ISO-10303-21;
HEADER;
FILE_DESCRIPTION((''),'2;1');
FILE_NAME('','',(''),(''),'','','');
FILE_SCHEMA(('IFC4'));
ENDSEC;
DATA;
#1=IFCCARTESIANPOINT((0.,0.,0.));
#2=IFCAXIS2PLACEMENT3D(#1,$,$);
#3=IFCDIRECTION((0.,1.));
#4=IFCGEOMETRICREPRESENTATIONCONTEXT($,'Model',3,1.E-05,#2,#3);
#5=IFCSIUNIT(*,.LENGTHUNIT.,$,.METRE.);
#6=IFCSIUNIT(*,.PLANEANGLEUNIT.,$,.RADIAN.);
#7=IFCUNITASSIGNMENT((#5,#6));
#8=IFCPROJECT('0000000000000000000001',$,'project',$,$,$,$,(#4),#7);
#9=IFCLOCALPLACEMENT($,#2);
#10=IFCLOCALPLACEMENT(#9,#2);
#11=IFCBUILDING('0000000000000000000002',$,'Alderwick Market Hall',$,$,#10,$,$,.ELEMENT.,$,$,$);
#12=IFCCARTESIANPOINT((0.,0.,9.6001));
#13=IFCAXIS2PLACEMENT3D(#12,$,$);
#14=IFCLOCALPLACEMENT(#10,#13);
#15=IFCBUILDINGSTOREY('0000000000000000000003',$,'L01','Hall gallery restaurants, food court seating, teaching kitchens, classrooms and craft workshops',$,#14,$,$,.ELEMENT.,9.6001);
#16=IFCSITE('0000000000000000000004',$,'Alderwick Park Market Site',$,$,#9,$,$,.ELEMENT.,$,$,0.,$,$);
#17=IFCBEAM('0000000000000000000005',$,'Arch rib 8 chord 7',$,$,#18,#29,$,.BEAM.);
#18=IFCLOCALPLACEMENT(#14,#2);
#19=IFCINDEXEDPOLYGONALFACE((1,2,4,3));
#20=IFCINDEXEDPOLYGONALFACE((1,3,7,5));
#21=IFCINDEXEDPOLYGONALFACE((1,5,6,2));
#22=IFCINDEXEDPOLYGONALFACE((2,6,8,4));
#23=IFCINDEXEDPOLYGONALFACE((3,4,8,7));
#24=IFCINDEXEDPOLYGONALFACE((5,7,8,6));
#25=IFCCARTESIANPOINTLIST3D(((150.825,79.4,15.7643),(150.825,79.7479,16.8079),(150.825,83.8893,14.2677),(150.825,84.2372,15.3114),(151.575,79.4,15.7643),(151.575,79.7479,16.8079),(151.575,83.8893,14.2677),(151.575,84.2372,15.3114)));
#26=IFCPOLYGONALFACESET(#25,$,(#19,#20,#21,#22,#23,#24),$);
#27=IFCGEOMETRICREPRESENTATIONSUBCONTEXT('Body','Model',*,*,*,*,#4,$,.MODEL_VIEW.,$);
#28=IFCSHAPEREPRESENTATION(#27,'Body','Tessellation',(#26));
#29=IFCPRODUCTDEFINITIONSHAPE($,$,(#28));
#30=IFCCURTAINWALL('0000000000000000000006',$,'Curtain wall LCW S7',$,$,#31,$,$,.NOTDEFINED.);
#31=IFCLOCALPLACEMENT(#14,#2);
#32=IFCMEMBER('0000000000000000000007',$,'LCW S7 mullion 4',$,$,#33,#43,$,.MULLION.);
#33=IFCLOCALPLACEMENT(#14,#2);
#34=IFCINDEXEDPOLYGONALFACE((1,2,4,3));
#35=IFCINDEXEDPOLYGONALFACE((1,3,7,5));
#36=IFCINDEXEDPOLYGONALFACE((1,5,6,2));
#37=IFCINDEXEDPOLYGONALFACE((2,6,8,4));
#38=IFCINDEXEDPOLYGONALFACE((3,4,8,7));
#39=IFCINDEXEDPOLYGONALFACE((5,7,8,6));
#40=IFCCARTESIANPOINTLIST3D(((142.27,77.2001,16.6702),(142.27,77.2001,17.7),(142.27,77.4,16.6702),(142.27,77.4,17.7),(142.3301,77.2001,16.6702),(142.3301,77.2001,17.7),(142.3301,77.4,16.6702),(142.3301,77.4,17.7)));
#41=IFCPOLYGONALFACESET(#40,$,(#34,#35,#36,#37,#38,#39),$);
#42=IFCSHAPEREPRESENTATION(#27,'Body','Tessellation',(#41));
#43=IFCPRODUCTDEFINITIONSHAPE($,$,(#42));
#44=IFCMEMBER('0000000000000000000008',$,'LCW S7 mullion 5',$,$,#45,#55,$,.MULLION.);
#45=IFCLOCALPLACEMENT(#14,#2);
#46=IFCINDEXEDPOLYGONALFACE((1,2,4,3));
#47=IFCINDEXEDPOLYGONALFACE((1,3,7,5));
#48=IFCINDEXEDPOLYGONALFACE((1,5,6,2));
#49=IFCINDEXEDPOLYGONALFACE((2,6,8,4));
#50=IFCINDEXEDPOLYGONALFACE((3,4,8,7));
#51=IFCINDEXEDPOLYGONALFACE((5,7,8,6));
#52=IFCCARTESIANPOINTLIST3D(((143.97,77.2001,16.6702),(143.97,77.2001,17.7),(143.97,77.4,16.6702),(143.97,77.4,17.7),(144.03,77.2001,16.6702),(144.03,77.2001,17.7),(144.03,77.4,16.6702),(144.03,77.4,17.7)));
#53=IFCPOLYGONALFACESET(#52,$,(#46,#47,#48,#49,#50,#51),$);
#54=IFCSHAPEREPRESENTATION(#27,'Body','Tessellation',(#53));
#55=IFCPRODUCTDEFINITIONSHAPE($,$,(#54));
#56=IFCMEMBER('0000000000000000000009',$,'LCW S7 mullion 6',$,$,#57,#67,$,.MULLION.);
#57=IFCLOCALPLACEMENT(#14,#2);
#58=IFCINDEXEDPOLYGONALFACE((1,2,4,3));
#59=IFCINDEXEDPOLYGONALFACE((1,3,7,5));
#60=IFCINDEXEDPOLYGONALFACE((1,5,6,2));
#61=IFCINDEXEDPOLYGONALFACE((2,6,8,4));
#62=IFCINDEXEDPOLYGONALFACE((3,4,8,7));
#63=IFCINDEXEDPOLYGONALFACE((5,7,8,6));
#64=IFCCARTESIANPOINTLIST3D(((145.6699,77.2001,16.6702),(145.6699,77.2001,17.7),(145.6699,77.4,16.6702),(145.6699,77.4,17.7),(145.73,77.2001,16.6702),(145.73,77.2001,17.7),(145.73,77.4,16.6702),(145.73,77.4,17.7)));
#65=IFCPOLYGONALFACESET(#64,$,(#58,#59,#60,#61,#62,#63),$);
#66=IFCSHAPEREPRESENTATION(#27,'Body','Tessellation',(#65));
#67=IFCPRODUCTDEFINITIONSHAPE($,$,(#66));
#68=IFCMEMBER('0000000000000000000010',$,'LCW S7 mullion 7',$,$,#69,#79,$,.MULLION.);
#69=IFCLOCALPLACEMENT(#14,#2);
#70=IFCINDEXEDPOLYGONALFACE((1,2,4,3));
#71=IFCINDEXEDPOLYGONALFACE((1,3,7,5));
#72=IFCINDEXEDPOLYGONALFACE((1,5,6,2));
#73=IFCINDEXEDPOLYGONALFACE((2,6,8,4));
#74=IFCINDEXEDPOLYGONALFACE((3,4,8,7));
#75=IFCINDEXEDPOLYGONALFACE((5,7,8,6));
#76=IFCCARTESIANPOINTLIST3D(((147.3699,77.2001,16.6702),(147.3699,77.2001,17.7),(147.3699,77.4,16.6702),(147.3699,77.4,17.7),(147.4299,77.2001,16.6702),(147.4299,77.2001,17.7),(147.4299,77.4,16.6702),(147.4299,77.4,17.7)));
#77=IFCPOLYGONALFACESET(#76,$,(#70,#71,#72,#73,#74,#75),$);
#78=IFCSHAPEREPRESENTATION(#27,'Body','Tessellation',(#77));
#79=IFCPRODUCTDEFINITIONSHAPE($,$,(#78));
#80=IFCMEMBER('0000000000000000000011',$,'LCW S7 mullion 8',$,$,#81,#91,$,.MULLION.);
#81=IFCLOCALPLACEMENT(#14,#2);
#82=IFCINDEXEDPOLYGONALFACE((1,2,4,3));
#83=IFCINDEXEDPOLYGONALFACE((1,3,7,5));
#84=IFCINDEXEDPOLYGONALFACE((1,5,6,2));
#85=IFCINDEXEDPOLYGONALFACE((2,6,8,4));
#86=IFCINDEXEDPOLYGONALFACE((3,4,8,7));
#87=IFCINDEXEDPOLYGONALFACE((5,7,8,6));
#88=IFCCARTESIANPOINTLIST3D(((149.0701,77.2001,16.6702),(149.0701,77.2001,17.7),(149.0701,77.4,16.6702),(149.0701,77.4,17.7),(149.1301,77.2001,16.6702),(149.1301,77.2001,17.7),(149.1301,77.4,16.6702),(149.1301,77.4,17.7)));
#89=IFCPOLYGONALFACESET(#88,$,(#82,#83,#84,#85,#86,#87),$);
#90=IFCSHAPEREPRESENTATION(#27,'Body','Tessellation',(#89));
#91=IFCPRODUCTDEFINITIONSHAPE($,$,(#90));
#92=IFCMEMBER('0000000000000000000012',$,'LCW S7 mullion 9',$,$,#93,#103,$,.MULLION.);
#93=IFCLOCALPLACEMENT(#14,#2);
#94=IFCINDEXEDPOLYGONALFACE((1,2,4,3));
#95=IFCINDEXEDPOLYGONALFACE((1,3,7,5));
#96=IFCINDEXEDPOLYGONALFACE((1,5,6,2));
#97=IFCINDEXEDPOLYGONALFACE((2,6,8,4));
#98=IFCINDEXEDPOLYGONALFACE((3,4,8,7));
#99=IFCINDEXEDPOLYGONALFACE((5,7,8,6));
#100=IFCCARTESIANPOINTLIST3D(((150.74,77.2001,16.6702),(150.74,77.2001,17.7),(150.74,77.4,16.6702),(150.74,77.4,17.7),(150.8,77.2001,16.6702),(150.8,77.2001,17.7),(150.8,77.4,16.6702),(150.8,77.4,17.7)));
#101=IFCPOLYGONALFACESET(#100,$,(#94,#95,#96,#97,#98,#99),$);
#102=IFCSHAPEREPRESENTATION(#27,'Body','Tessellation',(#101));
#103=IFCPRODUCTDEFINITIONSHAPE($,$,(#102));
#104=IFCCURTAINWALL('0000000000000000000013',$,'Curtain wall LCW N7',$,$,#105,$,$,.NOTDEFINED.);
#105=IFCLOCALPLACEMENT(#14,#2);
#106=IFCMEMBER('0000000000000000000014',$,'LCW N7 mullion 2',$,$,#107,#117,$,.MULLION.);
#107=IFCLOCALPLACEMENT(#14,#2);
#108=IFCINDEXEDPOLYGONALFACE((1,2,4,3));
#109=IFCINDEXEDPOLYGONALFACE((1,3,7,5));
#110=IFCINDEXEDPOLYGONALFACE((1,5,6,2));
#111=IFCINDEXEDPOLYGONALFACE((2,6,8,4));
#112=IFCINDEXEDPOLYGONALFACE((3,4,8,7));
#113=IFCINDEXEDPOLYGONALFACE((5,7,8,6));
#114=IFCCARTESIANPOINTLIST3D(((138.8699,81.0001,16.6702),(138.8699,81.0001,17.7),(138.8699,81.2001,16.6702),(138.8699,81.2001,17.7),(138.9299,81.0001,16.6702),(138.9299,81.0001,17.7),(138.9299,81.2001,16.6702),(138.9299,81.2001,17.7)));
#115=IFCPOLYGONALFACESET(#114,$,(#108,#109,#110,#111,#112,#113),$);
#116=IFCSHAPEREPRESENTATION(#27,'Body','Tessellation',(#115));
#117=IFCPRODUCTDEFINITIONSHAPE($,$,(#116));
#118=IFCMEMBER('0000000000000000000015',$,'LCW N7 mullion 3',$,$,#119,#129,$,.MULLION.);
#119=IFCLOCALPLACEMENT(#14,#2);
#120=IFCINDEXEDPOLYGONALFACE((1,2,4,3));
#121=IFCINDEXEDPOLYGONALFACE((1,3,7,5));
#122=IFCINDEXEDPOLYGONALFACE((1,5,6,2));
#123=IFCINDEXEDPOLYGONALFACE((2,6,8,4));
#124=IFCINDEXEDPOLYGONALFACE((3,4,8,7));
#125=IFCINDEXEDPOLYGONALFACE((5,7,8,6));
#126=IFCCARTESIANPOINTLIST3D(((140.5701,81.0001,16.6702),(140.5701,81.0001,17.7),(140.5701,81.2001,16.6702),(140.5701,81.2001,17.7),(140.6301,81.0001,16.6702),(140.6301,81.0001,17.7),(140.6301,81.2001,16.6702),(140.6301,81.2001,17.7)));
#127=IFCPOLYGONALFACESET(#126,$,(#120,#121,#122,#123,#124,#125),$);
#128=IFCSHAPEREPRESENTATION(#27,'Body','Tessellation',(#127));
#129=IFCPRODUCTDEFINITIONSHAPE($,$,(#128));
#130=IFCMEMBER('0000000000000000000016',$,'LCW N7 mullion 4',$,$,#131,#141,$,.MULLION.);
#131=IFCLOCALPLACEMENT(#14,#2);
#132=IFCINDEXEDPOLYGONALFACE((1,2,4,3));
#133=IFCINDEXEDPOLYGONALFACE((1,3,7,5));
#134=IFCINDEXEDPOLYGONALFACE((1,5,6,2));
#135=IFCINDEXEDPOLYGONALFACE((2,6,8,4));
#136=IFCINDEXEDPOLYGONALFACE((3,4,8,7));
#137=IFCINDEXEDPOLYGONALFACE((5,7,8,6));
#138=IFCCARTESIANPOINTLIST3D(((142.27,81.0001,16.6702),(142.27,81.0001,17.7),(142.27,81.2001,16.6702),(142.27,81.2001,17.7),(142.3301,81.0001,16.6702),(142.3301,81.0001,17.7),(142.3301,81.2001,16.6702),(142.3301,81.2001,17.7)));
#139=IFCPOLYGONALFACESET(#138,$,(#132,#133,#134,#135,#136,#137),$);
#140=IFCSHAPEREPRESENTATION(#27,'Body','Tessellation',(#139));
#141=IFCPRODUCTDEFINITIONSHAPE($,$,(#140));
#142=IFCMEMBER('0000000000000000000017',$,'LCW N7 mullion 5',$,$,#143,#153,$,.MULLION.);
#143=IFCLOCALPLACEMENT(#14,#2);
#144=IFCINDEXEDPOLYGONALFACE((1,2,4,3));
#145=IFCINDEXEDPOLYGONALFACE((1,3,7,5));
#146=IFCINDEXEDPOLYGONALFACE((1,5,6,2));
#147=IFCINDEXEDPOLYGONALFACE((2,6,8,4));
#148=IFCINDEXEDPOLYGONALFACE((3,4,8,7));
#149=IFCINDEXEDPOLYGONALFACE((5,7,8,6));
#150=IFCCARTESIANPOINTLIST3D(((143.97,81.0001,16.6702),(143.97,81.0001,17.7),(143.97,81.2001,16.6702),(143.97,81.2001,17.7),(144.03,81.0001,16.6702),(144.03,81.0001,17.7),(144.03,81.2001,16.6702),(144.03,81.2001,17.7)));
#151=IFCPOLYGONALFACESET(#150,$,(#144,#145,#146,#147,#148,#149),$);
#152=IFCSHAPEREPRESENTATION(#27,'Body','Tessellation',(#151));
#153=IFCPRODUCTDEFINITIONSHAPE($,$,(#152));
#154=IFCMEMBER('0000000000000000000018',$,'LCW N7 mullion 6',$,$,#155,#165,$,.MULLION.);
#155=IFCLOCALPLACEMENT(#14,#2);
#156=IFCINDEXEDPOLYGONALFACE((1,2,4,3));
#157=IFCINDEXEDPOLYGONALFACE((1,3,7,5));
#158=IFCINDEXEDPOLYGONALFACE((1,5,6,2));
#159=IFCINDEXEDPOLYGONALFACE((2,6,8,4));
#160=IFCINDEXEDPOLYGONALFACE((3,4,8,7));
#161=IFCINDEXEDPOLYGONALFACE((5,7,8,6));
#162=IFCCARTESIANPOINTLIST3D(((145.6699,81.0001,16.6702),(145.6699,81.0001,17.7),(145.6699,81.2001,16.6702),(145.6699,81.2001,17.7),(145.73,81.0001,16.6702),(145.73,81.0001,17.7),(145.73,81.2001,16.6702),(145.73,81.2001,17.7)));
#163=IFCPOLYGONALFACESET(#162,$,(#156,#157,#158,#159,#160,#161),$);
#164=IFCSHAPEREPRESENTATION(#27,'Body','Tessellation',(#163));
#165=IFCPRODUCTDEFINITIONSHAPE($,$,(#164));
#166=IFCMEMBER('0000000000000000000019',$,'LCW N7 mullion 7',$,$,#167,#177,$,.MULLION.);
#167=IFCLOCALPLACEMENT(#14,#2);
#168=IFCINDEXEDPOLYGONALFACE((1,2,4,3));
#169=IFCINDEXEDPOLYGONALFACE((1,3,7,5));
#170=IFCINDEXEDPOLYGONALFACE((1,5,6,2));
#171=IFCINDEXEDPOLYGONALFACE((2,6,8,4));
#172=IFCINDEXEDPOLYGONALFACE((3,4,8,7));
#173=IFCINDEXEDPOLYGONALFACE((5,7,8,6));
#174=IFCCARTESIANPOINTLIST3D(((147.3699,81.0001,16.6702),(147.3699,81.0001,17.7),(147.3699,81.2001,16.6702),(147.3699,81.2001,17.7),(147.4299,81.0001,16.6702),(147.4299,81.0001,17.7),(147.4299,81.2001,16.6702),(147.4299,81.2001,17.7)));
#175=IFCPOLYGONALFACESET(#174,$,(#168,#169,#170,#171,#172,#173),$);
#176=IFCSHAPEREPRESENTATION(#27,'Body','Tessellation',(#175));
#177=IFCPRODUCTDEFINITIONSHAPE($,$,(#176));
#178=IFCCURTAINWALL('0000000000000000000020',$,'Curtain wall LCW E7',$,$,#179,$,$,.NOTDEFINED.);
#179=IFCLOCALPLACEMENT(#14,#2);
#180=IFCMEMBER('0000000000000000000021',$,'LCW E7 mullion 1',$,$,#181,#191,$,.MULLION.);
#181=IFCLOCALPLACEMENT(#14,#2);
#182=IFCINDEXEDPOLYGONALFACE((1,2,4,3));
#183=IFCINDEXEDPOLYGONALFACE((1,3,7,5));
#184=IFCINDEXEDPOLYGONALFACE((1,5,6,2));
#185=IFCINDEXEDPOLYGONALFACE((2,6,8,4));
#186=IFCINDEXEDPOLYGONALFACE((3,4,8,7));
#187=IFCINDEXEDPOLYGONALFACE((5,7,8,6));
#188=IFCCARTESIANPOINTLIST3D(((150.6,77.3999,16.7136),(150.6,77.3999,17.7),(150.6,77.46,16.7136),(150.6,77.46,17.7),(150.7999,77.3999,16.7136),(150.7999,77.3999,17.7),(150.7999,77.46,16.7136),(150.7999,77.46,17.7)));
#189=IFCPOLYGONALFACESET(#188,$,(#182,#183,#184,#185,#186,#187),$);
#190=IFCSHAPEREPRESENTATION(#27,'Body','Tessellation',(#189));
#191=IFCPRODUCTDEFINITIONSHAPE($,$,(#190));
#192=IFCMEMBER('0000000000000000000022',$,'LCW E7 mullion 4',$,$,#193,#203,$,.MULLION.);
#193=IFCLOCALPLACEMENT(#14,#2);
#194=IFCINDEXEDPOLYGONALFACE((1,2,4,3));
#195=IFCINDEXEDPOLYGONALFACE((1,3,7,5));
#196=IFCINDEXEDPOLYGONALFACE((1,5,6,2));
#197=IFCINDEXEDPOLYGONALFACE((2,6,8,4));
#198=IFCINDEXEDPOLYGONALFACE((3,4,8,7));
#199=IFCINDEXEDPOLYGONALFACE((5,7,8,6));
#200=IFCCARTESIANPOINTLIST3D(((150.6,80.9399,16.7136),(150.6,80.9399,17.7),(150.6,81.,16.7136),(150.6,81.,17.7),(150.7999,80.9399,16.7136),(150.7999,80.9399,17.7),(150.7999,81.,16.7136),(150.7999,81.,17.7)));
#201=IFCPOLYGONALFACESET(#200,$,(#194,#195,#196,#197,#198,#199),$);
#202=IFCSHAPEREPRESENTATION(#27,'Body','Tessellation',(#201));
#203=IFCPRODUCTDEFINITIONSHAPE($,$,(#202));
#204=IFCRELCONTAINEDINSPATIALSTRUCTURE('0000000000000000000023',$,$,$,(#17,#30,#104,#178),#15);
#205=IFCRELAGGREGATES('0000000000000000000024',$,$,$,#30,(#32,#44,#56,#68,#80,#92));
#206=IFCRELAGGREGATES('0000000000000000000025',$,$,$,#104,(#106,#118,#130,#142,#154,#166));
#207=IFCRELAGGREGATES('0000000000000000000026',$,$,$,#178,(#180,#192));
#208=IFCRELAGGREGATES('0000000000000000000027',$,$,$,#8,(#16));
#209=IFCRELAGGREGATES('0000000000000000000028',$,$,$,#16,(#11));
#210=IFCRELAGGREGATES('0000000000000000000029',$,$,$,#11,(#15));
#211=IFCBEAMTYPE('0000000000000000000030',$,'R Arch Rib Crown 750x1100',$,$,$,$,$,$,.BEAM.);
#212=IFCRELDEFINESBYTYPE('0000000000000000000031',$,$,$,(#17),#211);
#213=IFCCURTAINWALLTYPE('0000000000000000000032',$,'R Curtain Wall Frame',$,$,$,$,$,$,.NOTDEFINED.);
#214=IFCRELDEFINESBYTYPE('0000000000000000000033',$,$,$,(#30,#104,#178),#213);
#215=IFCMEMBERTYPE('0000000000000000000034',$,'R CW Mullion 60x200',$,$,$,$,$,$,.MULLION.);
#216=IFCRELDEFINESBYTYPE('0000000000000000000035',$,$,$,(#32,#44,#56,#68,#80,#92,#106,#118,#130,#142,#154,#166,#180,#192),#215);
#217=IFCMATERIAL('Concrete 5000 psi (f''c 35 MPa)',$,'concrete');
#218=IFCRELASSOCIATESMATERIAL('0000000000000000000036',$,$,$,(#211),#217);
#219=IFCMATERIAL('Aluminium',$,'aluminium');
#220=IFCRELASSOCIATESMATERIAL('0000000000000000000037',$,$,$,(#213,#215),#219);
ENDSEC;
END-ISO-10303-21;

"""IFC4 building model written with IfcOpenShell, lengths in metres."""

from ifc_helpers import new_model, si_unit, direction, frame, origin, origin_2d, place, context, subcontext, project, spatial, rectangle, extrude, material, material_profile, profile_set, type_object, element, aggregate, save


model = new_model("IFC4")

# Units and contexts
model_context = context("Model", 3, precision=1e-05, world=origin(), true_north=direction((0.0, 1.0)))
body_context = subcontext(model_context, "Body", "Model", "MODEL_VIEW")
ifc_project = project(units=[si_unit("LENGTHUNIT", "METRE"), si_unit("PLANEANGLEUNIT", "RADIAN")], contexts=[model_context])

# Site, building, storey
site_placement = place(None, origin())
site = spatial("IfcSite", under=ifc_project, at=site_placement, Name="Alderwick Park Market Site", CompositionType="ELEMENT", RefElevation=0.0)
building_placement = place(site_placement, origin())
building = spatial("IfcBuilding", under=site, at=building_placement, Name="Alderwick Market Hall", CompositionType="ELEMENT")
storey_placement = place(building_placement, frame((0.0, 0.0, 9.6001)))
storey = spatial("IfcBuildingStorey", under=building, at=storey_placement, Name="L01", Description="Hall gallery restaurants, food court seating, teaching kitchens, classrooms and craft workshops", CompositionType="ELEMENT", Elevation=9.6001)

# Beam
ifc_material_1 = material(Name="Concrete 5000 psi (f'c 35 MPa)", Category="concrete")
ifc_material_profile_1 = material_profile(ifc_material_1, rectangle(XDim=0.75, YDim=1.1001, at=origin_2d()), Name="RC 750x1100")
ifc_profile_set_1 = profile_set([ifc_material_profile_1], Name="Concrete 5000 psi (f'c 35 MPa)")
beam_type = type_object("IfcBeamType", Name="R Arch Rib Crown 750x1100", PredefinedType="BEAM", material=ifc_profile_set_1)
beam_placement = place(storey_placement, frame((151.2, 79.574, 16.2861), z_axis=(0.0, 0.948673, -0.316259), x_axis=(-1.0, 0.0, 0.0)))
element("IfcBeam", 1, at=beam_placement, inside=storey, type_object=beam_type, Name="Arch rib 8 chord 7", PredefinedType="BEAM", context=body_context, shape_type="SweptSolid", body=[
    extrude(rectangle(XDim=0.75, YDim=1.1001, at=origin_2d()), origin(), (0.0, 0.0, 1.0), 4.7322),
])

# Curtain walls, members
ifc_material_2 = material(Name="Aluminium", Category="aluminium")
curtain_wall_type = type_object("IfcCurtainWallType", Name="R Curtain Wall Frame", PredefinedType="NOTDEFINED", material=ifc_material_2)
curtain_wall_1_placement = place(storey_placement, origin())
curtain_wall_1 = element("IfcCurtainWall", 2, at=curtain_wall_1_placement, inside=storey, type_object=curtain_wall_type, Name="Curtain wall LCW S7", PredefinedType="NOTDEFINED")
ifc_material_profile_2 = material_profile(ifc_material_2, rectangle(XDim=0.2, YDim=0.0601, at=origin_2d()), Name="AL 60x200")
ifc_profile_set_2 = profile_set([ifc_material_profile_2], Name="Aluminium")
member_type_1 = type_object("IfcMemberType", Name="R CW Mullion 60x200", PredefinedType="MULLION", material=ifc_profile_set_2)
member_1_placement = place(storey_placement, frame((142.3, 77.3, 16.6702), z_axis=(0.0, 0.0, 1.0), x_axis=(0.0, 1.0, 0.0)))
member_1 = element("IfcMember", 3, at=member_1_placement, type_object=member_type_1, Name="LCW S7 mullion 4", PredefinedType="MULLION", context=body_context, shape_type="SweptSolid", body=[
    extrude(rectangle(XDim=0.2, YDim=0.0601, at=origin_2d()), origin(), (0.0, 0.0, 1.0), 1.0298),
])
member_2_placement = place(storey_placement, frame((144.0, 77.3, 16.6702), z_axis=(0.0, 0.0, 1.0), x_axis=(0.0, 1.0, 0.0)))
member_2 = element("IfcMember", 4, at=member_2_placement, type_object=member_type_1, Name="LCW S7 mullion 5", PredefinedType="MULLION", context=body_context, shape_type="SweptSolid", body=[
    extrude(rectangle(XDim=0.2, YDim=0.0601, at=origin_2d()), origin(), (0.0, 0.0, 1.0), 1.0298),
])
member_3_placement = place(storey_placement, frame((145.7, 77.3, 16.6702), z_axis=(0.0, 0.0, 1.0), x_axis=(0.0, 1.0, 0.0)))
member_3 = element("IfcMember", 5, at=member_3_placement, type_object=member_type_1, Name="LCW S7 mullion 6", PredefinedType="MULLION", context=body_context, shape_type="SweptSolid", body=[
    extrude(rectangle(XDim=0.2, YDim=0.0601, at=origin_2d()), origin(), (0.0, 0.0, 1.0), 1.0298),
])
member_4_placement = place(storey_placement, frame((147.3999, 77.3, 16.6702), z_axis=(0.0, 0.0, 1.0), x_axis=(0.0, 1.0, 0.0)))
member_4 = element("IfcMember", 6, at=member_4_placement, type_object=member_type_1, Name="LCW S7 mullion 7", PredefinedType="MULLION", context=body_context, shape_type="SweptSolid", body=[
    extrude(rectangle(XDim=0.2, YDim=0.0601, at=origin_2d()), origin(), (0.0, 0.0, 1.0), 1.0298),
])
member_5_placement = place(storey_placement, frame((149.1001, 77.3, 16.6702), z_axis=(0.0, 0.0, 1.0), x_axis=(0.0, 1.0, 0.0)))
member_5 = element("IfcMember", 7, at=member_5_placement, type_object=member_type_1, Name="LCW S7 mullion 8", PredefinedType="MULLION", context=body_context, shape_type="SweptSolid", body=[
    extrude(rectangle(XDim=0.2, YDim=0.0601, at=origin_2d()), origin(), (0.0, 0.0, 1.0), 1.0298),
])
member_6_placement = place(storey_placement, frame((150.77, 77.3, 16.6702), z_axis=(0.0, 0.0, 1.0), x_axis=(0.0, 1.0, 0.0)))
member_6 = element("IfcMember", 8, at=member_6_placement, type_object=member_type_1, Name="LCW S7 mullion 9", PredefinedType="MULLION", context=body_context, shape_type="SweptSolid", body=[
    extrude(rectangle(XDim=0.2, YDim=0.0601, at=origin_2d()), origin(), (0.0, 0.0, 1.0), 1.0298),
])
curtain_wall_2_placement = place(storey_placement, origin())
curtain_wall_2 = element("IfcCurtainWall", 9, at=curtain_wall_2_placement, inside=storey, type_object=curtain_wall_type, Name="Curtain wall LCW N7", PredefinedType="NOTDEFINED")
member_7_placement = place(storey_placement, frame((138.8999, 81.1001, 16.6702), z_axis=(0.0, 0.0, 1.0), x_axis=(0.0, 1.0, 0.0)))
member_7 = element("IfcMember", 10, at=member_7_placement, type_object=member_type_1, Name="LCW N7 mullion 2", PredefinedType="MULLION", context=body_context, shape_type="SweptSolid", body=[
    extrude(rectangle(XDim=0.2, YDim=0.0601, at=origin_2d()), origin(), (0.0, 0.0, 1.0), 1.0298),
])
member_8_placement = place(storey_placement, frame((140.6001, 81.1001, 16.6702), z_axis=(0.0, 0.0, 1.0), x_axis=(0.0, 1.0, 0.0)))
member_8 = element("IfcMember", 11, at=member_8_placement, type_object=member_type_1, Name="LCW N7 mullion 3", PredefinedType="MULLION", context=body_context, shape_type="SweptSolid", body=[
    extrude(rectangle(XDim=0.2, YDim=0.0601, at=origin_2d()), origin(), (0.0, 0.0, 1.0), 1.0298),
])
member_9_placement = place(storey_placement, frame((142.3, 81.1001, 16.6702), z_axis=(0.0, 0.0, 1.0), x_axis=(0.0, 1.0, 0.0)))
member_9 = element("IfcMember", 12, at=member_9_placement, type_object=member_type_1, Name="LCW N7 mullion 4", PredefinedType="MULLION", context=body_context, shape_type="SweptSolid", body=[
    extrude(rectangle(XDim=0.2, YDim=0.0601, at=origin_2d()), origin(), (0.0, 0.0, 1.0), 1.0298),
])
member_10_placement = place(storey_placement, frame((144.0, 81.1001, 16.6702), z_axis=(0.0, 0.0, 1.0), x_axis=(0.0, 1.0, 0.0)))
member_10 = element("IfcMember", 13, at=member_10_placement, type_object=member_type_1, Name="LCW N7 mullion 5", PredefinedType="MULLION", context=body_context, shape_type="SweptSolid", body=[
    extrude(rectangle(XDim=0.2, YDim=0.0601, at=origin_2d()), origin(), (0.0, 0.0, 1.0), 1.0298),
])
member_11_placement = place(storey_placement, frame((145.7, 81.1001, 16.6702), z_axis=(0.0, 0.0, 1.0), x_axis=(0.0, 1.0, 0.0)))
member_11 = element("IfcMember", 14, at=member_11_placement, type_object=member_type_1, Name="LCW N7 mullion 6", PredefinedType="MULLION", context=body_context, shape_type="SweptSolid", body=[
    extrude(rectangle(XDim=0.2, YDim=0.0601, at=origin_2d()), origin(), (0.0, 0.0, 1.0), 1.0298),
])
member_12_placement = place(storey_placement, frame((147.3999, 81.1001, 16.6702), z_axis=(0.0, 0.0, 1.0), x_axis=(0.0, 1.0, 0.0)))
member_12 = element("IfcMember", 15, at=member_12_placement, type_object=member_type_1, Name="LCW N7 mullion 7", PredefinedType="MULLION", context=body_context, shape_type="SweptSolid", body=[
    extrude(rectangle(XDim=0.2, YDim=0.0601, at=origin_2d()), origin(), (0.0, 0.0, 1.0), 1.0298),
])
curtain_wall_3_placement = place(storey_placement, origin())
curtain_wall_3 = element("IfcCurtainWall", 16, at=curtain_wall_3_placement, inside=storey, type_object=curtain_wall_type, Name="Curtain wall LCW E7", PredefinedType="NOTDEFINED")
member_13_placement = place(storey_placement, frame((150.7, 77.4299, 16.7136), z_axis=(0.0, 0.0, 1.0), x_axis=(1.0, 0.0, 0.0)))
member_13 = element("IfcMember", 17, at=member_13_placement, type_object=member_type_1, Name="LCW E7 mullion 1", PredefinedType="MULLION", context=body_context, shape_type="SweptSolid", body=[
    extrude(rectangle(XDim=0.2, YDim=0.0601, at=origin_2d()), origin(), (0.0, 0.0, 1.0), 0.9863),
])
member_14_placement = place(storey_placement, frame((150.7, 80.97, 16.7136), z_axis=(0.0, 0.0, 1.0), x_axis=(1.0, 0.0, 0.0)))
member_14 = element("IfcMember", 18, at=member_14_placement, type_object=member_type_1, Name="LCW E7 mullion 4", PredefinedType="MULLION", context=body_context, shape_type="SweptSolid", body=[
    extrude(rectangle(XDim=0.2, YDim=0.0601, at=origin_2d()), origin(), (0.0, 0.0, 1.0), 0.9863),
])

aggregate(curtain_wall_1, [member_1, member_2, member_3, member_4, member_5, member_6])
aggregate(curtain_wall_2, [member_7, member_8, member_9, member_10, member_11, member_12])
aggregate(curtain_wall_3, [member_13, member_14])

save(model, "model.ifc")
